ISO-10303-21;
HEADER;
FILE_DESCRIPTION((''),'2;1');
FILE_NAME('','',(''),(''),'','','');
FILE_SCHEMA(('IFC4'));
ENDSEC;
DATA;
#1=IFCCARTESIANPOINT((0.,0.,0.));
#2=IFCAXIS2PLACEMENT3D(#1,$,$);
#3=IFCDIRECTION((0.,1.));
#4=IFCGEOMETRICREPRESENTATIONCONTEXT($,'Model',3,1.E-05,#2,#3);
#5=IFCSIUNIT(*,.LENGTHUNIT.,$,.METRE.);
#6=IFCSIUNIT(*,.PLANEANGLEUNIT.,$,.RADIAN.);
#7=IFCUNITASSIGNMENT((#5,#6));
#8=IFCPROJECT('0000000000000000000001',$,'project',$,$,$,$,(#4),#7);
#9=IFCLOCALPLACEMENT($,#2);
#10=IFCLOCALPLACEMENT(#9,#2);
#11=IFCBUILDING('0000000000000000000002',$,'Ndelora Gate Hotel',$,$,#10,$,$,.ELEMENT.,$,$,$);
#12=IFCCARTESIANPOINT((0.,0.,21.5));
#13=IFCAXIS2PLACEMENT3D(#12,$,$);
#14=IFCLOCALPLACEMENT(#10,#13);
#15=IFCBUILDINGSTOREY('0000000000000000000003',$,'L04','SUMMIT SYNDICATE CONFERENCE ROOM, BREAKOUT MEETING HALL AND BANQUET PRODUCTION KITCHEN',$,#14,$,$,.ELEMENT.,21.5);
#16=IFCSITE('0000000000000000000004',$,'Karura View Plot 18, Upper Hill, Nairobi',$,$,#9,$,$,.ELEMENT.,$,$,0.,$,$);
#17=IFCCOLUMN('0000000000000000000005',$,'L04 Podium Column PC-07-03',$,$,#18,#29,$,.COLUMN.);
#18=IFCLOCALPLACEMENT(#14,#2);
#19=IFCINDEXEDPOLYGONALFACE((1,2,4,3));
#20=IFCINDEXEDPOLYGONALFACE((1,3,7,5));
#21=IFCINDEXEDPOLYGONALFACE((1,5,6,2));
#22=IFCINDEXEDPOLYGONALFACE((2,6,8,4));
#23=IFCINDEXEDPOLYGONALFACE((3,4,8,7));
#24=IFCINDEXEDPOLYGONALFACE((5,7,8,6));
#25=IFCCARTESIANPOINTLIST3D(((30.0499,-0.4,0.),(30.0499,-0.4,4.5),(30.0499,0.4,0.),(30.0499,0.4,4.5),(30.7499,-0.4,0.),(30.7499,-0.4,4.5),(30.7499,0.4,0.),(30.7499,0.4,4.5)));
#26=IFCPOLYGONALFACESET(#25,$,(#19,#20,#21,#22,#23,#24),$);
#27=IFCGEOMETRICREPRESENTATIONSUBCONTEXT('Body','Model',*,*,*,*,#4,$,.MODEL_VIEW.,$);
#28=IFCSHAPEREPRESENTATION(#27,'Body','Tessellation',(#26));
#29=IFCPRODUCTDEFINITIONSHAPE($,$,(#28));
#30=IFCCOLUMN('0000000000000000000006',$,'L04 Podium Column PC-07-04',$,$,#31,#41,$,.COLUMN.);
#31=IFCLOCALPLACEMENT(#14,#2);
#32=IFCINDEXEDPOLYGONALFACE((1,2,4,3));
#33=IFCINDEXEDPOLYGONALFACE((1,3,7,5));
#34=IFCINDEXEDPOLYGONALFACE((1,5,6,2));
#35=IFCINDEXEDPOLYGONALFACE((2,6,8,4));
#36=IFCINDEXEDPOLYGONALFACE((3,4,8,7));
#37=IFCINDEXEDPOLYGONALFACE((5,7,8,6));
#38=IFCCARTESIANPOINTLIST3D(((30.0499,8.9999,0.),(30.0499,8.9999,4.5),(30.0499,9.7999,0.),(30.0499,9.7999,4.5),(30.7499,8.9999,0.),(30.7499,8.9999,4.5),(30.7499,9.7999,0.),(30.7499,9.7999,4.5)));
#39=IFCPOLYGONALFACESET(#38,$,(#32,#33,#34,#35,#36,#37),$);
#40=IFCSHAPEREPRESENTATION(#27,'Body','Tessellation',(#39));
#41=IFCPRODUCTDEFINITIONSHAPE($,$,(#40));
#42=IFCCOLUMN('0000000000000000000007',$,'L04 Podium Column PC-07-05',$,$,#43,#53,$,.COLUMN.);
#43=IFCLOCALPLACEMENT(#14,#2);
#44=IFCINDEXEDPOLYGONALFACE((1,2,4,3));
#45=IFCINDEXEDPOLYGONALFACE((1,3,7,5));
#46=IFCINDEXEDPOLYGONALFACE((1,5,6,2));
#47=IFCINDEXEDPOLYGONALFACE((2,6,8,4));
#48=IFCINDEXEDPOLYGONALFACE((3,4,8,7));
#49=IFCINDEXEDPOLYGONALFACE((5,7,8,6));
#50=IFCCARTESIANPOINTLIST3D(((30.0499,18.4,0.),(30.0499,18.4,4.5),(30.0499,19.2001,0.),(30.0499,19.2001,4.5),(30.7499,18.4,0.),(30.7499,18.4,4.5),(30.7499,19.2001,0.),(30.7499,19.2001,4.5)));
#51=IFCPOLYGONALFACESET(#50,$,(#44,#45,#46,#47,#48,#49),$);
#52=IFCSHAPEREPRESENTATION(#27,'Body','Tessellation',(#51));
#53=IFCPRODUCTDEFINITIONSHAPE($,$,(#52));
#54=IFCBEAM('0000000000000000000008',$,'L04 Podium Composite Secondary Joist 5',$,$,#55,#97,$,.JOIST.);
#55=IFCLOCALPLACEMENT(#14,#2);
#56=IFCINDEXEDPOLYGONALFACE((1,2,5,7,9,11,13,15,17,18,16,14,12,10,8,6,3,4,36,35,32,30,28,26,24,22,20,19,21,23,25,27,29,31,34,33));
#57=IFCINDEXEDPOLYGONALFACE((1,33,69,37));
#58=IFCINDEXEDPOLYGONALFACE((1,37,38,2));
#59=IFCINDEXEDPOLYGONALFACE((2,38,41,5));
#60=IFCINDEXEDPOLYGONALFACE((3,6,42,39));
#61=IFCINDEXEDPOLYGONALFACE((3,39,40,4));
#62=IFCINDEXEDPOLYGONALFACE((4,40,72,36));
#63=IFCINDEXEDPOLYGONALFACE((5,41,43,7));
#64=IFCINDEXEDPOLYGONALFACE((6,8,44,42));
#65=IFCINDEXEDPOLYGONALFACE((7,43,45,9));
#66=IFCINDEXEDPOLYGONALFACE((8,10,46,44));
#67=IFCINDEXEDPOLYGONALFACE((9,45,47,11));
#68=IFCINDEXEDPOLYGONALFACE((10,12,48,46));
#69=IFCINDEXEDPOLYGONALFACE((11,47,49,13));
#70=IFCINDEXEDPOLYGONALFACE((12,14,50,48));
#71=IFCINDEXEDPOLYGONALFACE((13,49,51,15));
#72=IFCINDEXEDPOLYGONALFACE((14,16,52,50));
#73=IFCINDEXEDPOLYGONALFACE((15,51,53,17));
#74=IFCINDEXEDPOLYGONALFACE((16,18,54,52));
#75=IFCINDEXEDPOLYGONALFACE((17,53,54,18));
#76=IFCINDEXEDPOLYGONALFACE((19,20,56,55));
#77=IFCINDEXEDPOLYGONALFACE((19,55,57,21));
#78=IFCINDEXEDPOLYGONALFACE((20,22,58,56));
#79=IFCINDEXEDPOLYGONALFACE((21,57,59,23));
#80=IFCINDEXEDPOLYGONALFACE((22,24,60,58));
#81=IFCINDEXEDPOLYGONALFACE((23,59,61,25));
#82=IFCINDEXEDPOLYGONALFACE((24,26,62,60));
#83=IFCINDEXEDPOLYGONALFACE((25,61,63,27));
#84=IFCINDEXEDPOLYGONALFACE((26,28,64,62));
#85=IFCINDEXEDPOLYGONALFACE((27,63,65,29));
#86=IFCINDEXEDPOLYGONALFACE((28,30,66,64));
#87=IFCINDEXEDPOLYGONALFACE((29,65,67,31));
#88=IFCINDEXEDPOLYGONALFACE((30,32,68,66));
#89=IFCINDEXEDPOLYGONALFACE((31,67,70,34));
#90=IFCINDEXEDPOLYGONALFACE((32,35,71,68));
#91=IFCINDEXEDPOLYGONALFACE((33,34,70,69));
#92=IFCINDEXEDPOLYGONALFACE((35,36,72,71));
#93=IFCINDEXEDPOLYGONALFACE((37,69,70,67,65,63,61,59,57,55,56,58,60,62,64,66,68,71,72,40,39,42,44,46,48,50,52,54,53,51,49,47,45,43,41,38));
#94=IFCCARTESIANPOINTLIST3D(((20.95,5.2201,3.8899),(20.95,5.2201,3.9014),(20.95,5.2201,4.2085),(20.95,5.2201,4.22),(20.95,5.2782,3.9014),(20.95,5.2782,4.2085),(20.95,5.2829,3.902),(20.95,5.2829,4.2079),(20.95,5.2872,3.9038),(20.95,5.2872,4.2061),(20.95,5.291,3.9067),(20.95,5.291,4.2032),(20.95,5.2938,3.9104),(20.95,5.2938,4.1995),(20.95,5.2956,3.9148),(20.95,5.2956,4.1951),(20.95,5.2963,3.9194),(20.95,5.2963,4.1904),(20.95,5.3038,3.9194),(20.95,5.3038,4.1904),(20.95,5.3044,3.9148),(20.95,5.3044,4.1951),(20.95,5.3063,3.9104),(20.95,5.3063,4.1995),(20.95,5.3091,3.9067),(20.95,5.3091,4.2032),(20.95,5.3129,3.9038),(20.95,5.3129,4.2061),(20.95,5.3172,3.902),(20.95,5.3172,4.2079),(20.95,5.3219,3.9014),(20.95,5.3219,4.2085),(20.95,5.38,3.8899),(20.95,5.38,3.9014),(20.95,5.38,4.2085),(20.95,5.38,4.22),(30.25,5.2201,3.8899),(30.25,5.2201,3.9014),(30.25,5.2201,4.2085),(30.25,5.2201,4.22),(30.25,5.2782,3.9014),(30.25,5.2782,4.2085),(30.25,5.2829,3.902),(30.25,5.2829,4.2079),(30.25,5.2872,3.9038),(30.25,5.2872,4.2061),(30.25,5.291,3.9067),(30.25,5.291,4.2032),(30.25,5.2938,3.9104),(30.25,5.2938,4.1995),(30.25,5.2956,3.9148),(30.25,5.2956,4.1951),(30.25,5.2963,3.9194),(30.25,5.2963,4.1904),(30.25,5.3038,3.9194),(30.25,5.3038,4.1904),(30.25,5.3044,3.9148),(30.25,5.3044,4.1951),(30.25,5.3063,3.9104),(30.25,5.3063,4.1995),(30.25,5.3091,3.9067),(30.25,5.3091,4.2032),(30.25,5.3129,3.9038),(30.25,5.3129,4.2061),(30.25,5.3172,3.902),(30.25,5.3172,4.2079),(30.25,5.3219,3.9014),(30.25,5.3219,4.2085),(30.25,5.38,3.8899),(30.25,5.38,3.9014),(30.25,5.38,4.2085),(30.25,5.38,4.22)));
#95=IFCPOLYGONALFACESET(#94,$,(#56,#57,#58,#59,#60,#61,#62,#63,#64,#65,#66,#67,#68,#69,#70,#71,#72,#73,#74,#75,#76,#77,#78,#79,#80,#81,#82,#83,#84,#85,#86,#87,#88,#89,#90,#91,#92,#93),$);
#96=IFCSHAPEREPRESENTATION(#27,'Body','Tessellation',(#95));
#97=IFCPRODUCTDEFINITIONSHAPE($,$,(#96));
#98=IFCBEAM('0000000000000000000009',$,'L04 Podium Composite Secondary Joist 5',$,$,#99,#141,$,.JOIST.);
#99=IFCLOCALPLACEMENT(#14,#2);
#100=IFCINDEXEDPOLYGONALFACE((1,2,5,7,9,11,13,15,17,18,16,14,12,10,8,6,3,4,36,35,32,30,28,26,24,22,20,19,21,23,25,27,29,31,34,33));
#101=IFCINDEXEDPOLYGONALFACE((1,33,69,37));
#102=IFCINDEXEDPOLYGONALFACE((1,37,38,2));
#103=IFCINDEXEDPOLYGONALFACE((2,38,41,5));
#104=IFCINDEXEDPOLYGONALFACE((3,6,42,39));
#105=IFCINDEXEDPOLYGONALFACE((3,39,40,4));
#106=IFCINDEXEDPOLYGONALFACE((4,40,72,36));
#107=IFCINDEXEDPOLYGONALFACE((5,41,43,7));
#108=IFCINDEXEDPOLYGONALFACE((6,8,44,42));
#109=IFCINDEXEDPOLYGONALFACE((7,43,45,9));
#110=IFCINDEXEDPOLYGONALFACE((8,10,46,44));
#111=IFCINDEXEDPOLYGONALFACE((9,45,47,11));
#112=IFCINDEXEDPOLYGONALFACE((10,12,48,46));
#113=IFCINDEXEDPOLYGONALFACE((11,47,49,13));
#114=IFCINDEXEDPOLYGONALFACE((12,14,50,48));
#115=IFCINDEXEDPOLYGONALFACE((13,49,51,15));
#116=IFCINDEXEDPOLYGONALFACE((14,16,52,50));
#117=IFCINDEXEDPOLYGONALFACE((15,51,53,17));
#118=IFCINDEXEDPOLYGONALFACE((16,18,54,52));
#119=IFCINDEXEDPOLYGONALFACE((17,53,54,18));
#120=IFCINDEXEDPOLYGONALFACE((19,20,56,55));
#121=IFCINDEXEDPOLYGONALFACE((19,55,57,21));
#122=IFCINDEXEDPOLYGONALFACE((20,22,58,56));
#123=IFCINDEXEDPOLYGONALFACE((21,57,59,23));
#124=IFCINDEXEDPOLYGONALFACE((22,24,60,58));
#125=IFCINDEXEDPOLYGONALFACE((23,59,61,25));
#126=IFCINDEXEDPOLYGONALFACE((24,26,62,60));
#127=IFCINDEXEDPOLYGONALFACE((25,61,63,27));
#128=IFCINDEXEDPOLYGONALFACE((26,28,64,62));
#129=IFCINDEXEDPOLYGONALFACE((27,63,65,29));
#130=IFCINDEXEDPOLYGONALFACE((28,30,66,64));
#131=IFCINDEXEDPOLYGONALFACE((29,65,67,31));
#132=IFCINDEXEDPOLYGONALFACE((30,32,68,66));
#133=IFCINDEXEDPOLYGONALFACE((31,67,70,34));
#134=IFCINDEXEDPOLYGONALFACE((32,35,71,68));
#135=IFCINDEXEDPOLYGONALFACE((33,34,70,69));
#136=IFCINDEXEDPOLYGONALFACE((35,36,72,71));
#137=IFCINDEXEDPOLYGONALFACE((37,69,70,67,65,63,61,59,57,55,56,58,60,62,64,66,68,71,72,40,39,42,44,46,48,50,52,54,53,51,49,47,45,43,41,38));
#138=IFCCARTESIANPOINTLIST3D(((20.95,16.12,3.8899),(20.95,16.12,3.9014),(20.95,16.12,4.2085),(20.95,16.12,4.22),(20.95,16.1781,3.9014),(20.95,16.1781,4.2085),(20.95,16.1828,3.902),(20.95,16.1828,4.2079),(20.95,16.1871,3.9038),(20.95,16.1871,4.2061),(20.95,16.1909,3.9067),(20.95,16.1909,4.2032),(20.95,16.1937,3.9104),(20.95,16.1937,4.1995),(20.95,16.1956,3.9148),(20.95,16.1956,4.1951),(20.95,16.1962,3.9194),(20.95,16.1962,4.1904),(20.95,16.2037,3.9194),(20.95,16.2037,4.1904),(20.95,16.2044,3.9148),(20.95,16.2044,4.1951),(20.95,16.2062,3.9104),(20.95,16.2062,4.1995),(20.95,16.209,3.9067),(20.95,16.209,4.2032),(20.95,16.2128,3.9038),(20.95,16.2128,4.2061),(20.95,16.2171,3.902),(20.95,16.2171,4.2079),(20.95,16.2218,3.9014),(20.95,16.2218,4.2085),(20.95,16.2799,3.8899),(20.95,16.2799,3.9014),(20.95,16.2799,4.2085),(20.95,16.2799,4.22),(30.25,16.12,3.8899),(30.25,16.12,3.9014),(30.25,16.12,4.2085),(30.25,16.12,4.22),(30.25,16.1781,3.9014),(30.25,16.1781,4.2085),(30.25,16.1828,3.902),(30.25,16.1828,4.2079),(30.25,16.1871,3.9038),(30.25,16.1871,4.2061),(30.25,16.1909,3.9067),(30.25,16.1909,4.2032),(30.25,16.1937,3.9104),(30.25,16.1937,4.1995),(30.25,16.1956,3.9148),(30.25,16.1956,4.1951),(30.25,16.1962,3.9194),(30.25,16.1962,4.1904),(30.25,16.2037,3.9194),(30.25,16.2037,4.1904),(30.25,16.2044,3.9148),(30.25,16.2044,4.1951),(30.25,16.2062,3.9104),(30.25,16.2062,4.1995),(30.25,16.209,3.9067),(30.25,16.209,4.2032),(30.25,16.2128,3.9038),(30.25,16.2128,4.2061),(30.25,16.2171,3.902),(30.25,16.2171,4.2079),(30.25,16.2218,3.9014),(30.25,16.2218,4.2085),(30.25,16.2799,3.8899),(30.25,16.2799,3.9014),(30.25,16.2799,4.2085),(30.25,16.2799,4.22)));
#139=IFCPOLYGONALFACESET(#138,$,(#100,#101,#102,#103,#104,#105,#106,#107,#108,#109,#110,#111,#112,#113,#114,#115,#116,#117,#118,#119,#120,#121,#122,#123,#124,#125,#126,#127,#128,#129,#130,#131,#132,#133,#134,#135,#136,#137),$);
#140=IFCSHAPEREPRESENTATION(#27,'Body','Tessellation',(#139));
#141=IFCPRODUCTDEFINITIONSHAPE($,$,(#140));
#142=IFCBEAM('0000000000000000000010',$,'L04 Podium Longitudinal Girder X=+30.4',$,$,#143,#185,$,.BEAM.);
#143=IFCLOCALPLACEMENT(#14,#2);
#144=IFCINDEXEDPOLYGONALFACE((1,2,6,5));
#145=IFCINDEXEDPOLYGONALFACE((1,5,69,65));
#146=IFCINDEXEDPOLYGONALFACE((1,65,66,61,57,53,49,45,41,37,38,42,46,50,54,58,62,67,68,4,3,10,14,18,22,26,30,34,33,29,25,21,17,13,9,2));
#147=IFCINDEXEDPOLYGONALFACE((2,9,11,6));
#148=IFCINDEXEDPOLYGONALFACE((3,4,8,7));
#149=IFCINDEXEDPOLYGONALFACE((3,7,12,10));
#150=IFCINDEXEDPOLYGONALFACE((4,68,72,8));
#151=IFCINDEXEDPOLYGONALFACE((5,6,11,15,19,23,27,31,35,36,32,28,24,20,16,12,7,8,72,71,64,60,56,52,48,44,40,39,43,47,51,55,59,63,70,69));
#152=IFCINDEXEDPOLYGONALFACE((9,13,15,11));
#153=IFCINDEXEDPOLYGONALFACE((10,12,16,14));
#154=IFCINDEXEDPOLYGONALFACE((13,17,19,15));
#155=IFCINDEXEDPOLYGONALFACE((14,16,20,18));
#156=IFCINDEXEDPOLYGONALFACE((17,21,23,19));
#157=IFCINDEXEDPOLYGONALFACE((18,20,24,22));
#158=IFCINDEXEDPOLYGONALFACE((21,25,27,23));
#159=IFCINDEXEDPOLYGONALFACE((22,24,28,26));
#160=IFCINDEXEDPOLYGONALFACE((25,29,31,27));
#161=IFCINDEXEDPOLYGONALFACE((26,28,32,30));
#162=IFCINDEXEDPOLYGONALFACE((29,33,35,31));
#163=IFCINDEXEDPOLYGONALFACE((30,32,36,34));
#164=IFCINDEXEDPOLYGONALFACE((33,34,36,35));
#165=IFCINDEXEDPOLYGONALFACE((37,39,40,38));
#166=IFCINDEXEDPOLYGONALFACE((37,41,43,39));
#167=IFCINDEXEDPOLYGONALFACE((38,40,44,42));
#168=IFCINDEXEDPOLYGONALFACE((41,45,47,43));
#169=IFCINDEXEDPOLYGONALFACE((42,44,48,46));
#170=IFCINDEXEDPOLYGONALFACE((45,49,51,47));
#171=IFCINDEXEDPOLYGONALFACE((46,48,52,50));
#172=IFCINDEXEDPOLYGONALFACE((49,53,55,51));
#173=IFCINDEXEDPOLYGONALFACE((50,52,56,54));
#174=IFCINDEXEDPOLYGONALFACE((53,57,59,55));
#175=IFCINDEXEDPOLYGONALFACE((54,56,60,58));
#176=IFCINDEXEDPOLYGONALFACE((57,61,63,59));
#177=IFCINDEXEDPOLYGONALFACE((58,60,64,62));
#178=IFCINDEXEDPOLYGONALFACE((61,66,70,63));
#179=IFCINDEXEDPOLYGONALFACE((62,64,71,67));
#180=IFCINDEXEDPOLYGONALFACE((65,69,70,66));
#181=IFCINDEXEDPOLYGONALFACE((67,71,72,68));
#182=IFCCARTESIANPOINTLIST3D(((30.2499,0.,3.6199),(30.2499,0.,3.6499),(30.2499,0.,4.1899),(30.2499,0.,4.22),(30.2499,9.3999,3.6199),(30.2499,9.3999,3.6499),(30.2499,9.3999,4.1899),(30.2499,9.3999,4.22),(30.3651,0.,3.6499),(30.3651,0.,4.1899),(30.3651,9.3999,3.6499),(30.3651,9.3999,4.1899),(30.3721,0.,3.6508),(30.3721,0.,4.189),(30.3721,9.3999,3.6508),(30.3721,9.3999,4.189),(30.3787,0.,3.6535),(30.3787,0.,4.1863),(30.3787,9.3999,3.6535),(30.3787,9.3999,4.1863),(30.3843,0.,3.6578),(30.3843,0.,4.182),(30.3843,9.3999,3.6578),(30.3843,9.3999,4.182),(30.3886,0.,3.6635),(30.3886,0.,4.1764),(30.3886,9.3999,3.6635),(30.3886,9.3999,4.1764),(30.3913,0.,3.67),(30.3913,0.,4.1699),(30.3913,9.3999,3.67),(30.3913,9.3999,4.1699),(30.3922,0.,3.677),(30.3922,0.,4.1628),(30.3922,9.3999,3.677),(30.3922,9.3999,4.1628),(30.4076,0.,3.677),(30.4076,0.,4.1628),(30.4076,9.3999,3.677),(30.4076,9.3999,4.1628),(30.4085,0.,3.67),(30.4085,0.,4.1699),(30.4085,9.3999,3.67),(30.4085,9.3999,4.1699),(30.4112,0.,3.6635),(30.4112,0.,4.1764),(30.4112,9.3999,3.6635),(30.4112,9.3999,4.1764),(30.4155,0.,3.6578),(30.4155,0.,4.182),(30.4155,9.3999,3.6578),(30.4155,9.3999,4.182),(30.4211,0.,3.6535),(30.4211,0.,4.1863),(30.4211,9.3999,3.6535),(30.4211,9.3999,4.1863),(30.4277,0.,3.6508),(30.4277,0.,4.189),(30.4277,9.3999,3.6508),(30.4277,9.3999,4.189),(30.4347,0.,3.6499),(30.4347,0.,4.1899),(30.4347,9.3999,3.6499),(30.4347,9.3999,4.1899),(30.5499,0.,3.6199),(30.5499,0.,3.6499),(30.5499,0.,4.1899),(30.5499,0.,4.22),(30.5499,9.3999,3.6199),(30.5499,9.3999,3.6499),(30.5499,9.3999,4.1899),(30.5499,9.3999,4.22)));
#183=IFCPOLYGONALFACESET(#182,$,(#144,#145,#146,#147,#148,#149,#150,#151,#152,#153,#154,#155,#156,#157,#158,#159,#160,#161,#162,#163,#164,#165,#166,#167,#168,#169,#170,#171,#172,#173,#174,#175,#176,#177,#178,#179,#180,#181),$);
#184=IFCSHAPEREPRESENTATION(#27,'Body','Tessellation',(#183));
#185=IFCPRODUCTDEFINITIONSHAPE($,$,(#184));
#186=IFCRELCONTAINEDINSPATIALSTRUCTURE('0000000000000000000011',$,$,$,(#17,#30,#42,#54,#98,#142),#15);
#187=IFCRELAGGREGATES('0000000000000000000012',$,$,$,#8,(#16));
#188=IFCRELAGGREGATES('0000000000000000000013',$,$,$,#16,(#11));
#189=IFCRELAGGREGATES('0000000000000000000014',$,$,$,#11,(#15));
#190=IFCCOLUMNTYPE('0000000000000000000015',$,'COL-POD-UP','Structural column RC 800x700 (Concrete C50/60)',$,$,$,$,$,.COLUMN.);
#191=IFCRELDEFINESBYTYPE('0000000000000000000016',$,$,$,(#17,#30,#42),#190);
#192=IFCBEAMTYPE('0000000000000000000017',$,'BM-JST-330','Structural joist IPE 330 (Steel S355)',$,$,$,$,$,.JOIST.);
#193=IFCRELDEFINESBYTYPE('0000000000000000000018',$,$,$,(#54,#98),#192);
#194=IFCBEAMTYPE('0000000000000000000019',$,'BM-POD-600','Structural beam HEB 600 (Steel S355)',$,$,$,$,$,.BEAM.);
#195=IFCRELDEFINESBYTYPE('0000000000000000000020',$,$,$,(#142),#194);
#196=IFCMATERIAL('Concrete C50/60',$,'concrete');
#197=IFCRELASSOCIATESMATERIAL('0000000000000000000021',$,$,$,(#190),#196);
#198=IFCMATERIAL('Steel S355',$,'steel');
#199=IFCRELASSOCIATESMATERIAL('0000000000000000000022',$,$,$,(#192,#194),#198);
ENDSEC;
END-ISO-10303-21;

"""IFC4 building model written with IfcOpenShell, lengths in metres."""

from ifc_helpers import new_model, si_unit, direction, frame, origin, origin_2d, place, context, subcontext, project, spatial, rectangle, i_section, extrude, material, material_profile, profile_set, type_object, element, save


model = new_model("IFC4")

# Units and contexts
model_context = context("Model", 3, precision=1e-05, world=origin(), true_north=direction((0.0, 1.0)))
body_context = subcontext(model_context, "Body", "Model", "MODEL_VIEW")
ifc_project = project(units=[si_unit("LENGTHUNIT", "METRE"), si_unit("PLANEANGLEUNIT", "RADIAN")], contexts=[model_context])

# Site, building, storey
site_placement = place(None, origin())
site = spatial("IfcSite", under=ifc_project, at=site_placement, Name="Karura View Plot 18, Upper Hill, Nairobi", CompositionType="ELEMENT", RefElevation=0.0)
building_placement = place(site_placement, origin())
building = spatial("IfcBuilding", under=site, at=building_placement, Name="Ndelora Gate Hotel", CompositionType="ELEMENT")
storey_placement = place(building_placement, frame((0.0, 0.0, 21.5)))
storey = spatial("IfcBuildingStorey", under=building, at=storey_placement, Name="L04", Description="SUMMIT SYNDICATE CONFERENCE ROOM, BREAKOUT MEETING HALL AND BANQUET PRODUCTION KITCHEN", CompositionType="ELEMENT", Elevation=21.5)

# Columns
ifc_material_1 = material(Name="Concrete C50/60", Category="concrete")
ifc_material_profile_1 = material_profile(ifc_material_1, rectangle(XDim=0.7, YDim=0.8, at=origin_2d()), Name="RC 800x700")
ifc_profile_set_1 = profile_set([ifc_material_profile_1], Name="Concrete C50/60")
column_type = type_object("IfcColumnType", Name="COL-POD-UP", Description="Structural column RC 800x700 (Concrete C50/60)", PredefinedType="COLUMN", material=ifc_profile_set_1)
for number, where, z_axis, x_axis, name in (
    (1, (30.3999, 0.0, 0.0), (0.0, 0.0, 1.0), (1.0, 0.0, 0.0), "L04 Podium Column PC-07-03"),
    (2, (30.3999, 9.3999, 0.0), (0.0, 0.0, 1.0), (1.0, 0.0, 0.0), "L04 Podium Column PC-07-04"),
    (3, (30.3999, 18.8, 0.0), (0.0, 0.0, 1.0), (1.0, 0.0, 0.0), "L04 Podium Column PC-07-05"),
):
    element("IfcColumn", number, at=place(storey_placement, frame(where, z_axis=z_axis, x_axis=x_axis)), inside=storey, type_object=column_type, Name=name, PredefinedType="COLUMN", context=body_context, shape_type="SweptSolid", body=[
        extrude(rectangle(XDim=0.7, YDim=0.8, at=origin_2d()), origin(), (0.0, 0.0, 1.0), 4.5),
    ])

# Beams
ifc_material_2 = material(Name="Steel S355", Category="steel")
ifc_material_profile_2 = material_profile(ifc_material_2, i_section(OverallWidth=0.1599, OverallDepth=0.3301, WebThickness=0.0076, FlangeThickness=0.0115, FilletRadius=0.0181, at=origin_2d()), Name="IPE 330")
ifc_profile_set_2 = profile_set([ifc_material_profile_2], Name="Steel S355")
beam_type_1 = type_object("IfcBeamType", Name="BM-JST-330", Description="Structural joist IPE 330 (Steel S355)", PredefinedType="JOIST", material=ifc_profile_set_2)
for number, where, z_axis, x_axis, name in (
    (4, (20.95, 5.3, 4.0549), (1.0, 0.0, 0.0), (0.0, 1.0, 0.0), "L04 Podium Composite Secondary Joist 5"),
    (5, (20.95, 16.2, 4.0549), (1.0, 0.0, 0.0), (0.0, 1.0, 0.0), "L04 Podium Composite Secondary Joist 5"),
):
    element("IfcBeam", number, at=place(storey_placement, frame(where, z_axis=z_axis, x_axis=x_axis)), inside=storey, type_object=beam_type_1, Name=name, PredefinedType="JOIST", context=body_context, shape_type="SweptSolid", body=[
        extrude(i_section(OverallWidth=0.1599, OverallDepth=0.3301, WebThickness=0.0076, FlangeThickness=0.0115, FilletRadius=0.0181, at=origin_2d()), origin(), (0.0, 0.0, 1.0), 9.3),
    ])
ifc_material_profile_3 = material_profile(ifc_material_2, i_section(OverallWidth=0.3, OverallDepth=0.6001, WebThickness=0.0154, FlangeThickness=0.03, FilletRadius=0.0271, at=origin_2d()), Name="HEB 600")
ifc_profile_set_3 = profile_set([ifc_material_profile_3], Name="Steel S355")
beam_type_2 = type_object("IfcBeamType", Name="BM-POD-600", Description="Structural beam HEB 600 (Steel S355)", PredefinedType="BEAM", material=ifc_profile_set_3)
beam_1_placement = place(storey_placement, frame((30.3999, 0.0, 3.9199), z_axis=(0.0, 1.0, 0.0), x_axis=(-1.0, 0.0, 0.0)))
element("IfcBeam", 6, at=beam_1_placement, inside=storey, type_object=beam_type_2, Name="L04 Podium Longitudinal Girder X=+30.4", PredefinedType="BEAM", context=body_context, shape_type="SweptSolid", body=[
    extrude(i_section(OverallWidth=0.3, OverallDepth=0.6001, WebThickness=0.0154, FlangeThickness=0.03, FilletRadius=0.0271, at=origin_2d()), origin(), (0.0, 0.0, 1.0), 9.3999),
])

save(model, "model.ifc")
